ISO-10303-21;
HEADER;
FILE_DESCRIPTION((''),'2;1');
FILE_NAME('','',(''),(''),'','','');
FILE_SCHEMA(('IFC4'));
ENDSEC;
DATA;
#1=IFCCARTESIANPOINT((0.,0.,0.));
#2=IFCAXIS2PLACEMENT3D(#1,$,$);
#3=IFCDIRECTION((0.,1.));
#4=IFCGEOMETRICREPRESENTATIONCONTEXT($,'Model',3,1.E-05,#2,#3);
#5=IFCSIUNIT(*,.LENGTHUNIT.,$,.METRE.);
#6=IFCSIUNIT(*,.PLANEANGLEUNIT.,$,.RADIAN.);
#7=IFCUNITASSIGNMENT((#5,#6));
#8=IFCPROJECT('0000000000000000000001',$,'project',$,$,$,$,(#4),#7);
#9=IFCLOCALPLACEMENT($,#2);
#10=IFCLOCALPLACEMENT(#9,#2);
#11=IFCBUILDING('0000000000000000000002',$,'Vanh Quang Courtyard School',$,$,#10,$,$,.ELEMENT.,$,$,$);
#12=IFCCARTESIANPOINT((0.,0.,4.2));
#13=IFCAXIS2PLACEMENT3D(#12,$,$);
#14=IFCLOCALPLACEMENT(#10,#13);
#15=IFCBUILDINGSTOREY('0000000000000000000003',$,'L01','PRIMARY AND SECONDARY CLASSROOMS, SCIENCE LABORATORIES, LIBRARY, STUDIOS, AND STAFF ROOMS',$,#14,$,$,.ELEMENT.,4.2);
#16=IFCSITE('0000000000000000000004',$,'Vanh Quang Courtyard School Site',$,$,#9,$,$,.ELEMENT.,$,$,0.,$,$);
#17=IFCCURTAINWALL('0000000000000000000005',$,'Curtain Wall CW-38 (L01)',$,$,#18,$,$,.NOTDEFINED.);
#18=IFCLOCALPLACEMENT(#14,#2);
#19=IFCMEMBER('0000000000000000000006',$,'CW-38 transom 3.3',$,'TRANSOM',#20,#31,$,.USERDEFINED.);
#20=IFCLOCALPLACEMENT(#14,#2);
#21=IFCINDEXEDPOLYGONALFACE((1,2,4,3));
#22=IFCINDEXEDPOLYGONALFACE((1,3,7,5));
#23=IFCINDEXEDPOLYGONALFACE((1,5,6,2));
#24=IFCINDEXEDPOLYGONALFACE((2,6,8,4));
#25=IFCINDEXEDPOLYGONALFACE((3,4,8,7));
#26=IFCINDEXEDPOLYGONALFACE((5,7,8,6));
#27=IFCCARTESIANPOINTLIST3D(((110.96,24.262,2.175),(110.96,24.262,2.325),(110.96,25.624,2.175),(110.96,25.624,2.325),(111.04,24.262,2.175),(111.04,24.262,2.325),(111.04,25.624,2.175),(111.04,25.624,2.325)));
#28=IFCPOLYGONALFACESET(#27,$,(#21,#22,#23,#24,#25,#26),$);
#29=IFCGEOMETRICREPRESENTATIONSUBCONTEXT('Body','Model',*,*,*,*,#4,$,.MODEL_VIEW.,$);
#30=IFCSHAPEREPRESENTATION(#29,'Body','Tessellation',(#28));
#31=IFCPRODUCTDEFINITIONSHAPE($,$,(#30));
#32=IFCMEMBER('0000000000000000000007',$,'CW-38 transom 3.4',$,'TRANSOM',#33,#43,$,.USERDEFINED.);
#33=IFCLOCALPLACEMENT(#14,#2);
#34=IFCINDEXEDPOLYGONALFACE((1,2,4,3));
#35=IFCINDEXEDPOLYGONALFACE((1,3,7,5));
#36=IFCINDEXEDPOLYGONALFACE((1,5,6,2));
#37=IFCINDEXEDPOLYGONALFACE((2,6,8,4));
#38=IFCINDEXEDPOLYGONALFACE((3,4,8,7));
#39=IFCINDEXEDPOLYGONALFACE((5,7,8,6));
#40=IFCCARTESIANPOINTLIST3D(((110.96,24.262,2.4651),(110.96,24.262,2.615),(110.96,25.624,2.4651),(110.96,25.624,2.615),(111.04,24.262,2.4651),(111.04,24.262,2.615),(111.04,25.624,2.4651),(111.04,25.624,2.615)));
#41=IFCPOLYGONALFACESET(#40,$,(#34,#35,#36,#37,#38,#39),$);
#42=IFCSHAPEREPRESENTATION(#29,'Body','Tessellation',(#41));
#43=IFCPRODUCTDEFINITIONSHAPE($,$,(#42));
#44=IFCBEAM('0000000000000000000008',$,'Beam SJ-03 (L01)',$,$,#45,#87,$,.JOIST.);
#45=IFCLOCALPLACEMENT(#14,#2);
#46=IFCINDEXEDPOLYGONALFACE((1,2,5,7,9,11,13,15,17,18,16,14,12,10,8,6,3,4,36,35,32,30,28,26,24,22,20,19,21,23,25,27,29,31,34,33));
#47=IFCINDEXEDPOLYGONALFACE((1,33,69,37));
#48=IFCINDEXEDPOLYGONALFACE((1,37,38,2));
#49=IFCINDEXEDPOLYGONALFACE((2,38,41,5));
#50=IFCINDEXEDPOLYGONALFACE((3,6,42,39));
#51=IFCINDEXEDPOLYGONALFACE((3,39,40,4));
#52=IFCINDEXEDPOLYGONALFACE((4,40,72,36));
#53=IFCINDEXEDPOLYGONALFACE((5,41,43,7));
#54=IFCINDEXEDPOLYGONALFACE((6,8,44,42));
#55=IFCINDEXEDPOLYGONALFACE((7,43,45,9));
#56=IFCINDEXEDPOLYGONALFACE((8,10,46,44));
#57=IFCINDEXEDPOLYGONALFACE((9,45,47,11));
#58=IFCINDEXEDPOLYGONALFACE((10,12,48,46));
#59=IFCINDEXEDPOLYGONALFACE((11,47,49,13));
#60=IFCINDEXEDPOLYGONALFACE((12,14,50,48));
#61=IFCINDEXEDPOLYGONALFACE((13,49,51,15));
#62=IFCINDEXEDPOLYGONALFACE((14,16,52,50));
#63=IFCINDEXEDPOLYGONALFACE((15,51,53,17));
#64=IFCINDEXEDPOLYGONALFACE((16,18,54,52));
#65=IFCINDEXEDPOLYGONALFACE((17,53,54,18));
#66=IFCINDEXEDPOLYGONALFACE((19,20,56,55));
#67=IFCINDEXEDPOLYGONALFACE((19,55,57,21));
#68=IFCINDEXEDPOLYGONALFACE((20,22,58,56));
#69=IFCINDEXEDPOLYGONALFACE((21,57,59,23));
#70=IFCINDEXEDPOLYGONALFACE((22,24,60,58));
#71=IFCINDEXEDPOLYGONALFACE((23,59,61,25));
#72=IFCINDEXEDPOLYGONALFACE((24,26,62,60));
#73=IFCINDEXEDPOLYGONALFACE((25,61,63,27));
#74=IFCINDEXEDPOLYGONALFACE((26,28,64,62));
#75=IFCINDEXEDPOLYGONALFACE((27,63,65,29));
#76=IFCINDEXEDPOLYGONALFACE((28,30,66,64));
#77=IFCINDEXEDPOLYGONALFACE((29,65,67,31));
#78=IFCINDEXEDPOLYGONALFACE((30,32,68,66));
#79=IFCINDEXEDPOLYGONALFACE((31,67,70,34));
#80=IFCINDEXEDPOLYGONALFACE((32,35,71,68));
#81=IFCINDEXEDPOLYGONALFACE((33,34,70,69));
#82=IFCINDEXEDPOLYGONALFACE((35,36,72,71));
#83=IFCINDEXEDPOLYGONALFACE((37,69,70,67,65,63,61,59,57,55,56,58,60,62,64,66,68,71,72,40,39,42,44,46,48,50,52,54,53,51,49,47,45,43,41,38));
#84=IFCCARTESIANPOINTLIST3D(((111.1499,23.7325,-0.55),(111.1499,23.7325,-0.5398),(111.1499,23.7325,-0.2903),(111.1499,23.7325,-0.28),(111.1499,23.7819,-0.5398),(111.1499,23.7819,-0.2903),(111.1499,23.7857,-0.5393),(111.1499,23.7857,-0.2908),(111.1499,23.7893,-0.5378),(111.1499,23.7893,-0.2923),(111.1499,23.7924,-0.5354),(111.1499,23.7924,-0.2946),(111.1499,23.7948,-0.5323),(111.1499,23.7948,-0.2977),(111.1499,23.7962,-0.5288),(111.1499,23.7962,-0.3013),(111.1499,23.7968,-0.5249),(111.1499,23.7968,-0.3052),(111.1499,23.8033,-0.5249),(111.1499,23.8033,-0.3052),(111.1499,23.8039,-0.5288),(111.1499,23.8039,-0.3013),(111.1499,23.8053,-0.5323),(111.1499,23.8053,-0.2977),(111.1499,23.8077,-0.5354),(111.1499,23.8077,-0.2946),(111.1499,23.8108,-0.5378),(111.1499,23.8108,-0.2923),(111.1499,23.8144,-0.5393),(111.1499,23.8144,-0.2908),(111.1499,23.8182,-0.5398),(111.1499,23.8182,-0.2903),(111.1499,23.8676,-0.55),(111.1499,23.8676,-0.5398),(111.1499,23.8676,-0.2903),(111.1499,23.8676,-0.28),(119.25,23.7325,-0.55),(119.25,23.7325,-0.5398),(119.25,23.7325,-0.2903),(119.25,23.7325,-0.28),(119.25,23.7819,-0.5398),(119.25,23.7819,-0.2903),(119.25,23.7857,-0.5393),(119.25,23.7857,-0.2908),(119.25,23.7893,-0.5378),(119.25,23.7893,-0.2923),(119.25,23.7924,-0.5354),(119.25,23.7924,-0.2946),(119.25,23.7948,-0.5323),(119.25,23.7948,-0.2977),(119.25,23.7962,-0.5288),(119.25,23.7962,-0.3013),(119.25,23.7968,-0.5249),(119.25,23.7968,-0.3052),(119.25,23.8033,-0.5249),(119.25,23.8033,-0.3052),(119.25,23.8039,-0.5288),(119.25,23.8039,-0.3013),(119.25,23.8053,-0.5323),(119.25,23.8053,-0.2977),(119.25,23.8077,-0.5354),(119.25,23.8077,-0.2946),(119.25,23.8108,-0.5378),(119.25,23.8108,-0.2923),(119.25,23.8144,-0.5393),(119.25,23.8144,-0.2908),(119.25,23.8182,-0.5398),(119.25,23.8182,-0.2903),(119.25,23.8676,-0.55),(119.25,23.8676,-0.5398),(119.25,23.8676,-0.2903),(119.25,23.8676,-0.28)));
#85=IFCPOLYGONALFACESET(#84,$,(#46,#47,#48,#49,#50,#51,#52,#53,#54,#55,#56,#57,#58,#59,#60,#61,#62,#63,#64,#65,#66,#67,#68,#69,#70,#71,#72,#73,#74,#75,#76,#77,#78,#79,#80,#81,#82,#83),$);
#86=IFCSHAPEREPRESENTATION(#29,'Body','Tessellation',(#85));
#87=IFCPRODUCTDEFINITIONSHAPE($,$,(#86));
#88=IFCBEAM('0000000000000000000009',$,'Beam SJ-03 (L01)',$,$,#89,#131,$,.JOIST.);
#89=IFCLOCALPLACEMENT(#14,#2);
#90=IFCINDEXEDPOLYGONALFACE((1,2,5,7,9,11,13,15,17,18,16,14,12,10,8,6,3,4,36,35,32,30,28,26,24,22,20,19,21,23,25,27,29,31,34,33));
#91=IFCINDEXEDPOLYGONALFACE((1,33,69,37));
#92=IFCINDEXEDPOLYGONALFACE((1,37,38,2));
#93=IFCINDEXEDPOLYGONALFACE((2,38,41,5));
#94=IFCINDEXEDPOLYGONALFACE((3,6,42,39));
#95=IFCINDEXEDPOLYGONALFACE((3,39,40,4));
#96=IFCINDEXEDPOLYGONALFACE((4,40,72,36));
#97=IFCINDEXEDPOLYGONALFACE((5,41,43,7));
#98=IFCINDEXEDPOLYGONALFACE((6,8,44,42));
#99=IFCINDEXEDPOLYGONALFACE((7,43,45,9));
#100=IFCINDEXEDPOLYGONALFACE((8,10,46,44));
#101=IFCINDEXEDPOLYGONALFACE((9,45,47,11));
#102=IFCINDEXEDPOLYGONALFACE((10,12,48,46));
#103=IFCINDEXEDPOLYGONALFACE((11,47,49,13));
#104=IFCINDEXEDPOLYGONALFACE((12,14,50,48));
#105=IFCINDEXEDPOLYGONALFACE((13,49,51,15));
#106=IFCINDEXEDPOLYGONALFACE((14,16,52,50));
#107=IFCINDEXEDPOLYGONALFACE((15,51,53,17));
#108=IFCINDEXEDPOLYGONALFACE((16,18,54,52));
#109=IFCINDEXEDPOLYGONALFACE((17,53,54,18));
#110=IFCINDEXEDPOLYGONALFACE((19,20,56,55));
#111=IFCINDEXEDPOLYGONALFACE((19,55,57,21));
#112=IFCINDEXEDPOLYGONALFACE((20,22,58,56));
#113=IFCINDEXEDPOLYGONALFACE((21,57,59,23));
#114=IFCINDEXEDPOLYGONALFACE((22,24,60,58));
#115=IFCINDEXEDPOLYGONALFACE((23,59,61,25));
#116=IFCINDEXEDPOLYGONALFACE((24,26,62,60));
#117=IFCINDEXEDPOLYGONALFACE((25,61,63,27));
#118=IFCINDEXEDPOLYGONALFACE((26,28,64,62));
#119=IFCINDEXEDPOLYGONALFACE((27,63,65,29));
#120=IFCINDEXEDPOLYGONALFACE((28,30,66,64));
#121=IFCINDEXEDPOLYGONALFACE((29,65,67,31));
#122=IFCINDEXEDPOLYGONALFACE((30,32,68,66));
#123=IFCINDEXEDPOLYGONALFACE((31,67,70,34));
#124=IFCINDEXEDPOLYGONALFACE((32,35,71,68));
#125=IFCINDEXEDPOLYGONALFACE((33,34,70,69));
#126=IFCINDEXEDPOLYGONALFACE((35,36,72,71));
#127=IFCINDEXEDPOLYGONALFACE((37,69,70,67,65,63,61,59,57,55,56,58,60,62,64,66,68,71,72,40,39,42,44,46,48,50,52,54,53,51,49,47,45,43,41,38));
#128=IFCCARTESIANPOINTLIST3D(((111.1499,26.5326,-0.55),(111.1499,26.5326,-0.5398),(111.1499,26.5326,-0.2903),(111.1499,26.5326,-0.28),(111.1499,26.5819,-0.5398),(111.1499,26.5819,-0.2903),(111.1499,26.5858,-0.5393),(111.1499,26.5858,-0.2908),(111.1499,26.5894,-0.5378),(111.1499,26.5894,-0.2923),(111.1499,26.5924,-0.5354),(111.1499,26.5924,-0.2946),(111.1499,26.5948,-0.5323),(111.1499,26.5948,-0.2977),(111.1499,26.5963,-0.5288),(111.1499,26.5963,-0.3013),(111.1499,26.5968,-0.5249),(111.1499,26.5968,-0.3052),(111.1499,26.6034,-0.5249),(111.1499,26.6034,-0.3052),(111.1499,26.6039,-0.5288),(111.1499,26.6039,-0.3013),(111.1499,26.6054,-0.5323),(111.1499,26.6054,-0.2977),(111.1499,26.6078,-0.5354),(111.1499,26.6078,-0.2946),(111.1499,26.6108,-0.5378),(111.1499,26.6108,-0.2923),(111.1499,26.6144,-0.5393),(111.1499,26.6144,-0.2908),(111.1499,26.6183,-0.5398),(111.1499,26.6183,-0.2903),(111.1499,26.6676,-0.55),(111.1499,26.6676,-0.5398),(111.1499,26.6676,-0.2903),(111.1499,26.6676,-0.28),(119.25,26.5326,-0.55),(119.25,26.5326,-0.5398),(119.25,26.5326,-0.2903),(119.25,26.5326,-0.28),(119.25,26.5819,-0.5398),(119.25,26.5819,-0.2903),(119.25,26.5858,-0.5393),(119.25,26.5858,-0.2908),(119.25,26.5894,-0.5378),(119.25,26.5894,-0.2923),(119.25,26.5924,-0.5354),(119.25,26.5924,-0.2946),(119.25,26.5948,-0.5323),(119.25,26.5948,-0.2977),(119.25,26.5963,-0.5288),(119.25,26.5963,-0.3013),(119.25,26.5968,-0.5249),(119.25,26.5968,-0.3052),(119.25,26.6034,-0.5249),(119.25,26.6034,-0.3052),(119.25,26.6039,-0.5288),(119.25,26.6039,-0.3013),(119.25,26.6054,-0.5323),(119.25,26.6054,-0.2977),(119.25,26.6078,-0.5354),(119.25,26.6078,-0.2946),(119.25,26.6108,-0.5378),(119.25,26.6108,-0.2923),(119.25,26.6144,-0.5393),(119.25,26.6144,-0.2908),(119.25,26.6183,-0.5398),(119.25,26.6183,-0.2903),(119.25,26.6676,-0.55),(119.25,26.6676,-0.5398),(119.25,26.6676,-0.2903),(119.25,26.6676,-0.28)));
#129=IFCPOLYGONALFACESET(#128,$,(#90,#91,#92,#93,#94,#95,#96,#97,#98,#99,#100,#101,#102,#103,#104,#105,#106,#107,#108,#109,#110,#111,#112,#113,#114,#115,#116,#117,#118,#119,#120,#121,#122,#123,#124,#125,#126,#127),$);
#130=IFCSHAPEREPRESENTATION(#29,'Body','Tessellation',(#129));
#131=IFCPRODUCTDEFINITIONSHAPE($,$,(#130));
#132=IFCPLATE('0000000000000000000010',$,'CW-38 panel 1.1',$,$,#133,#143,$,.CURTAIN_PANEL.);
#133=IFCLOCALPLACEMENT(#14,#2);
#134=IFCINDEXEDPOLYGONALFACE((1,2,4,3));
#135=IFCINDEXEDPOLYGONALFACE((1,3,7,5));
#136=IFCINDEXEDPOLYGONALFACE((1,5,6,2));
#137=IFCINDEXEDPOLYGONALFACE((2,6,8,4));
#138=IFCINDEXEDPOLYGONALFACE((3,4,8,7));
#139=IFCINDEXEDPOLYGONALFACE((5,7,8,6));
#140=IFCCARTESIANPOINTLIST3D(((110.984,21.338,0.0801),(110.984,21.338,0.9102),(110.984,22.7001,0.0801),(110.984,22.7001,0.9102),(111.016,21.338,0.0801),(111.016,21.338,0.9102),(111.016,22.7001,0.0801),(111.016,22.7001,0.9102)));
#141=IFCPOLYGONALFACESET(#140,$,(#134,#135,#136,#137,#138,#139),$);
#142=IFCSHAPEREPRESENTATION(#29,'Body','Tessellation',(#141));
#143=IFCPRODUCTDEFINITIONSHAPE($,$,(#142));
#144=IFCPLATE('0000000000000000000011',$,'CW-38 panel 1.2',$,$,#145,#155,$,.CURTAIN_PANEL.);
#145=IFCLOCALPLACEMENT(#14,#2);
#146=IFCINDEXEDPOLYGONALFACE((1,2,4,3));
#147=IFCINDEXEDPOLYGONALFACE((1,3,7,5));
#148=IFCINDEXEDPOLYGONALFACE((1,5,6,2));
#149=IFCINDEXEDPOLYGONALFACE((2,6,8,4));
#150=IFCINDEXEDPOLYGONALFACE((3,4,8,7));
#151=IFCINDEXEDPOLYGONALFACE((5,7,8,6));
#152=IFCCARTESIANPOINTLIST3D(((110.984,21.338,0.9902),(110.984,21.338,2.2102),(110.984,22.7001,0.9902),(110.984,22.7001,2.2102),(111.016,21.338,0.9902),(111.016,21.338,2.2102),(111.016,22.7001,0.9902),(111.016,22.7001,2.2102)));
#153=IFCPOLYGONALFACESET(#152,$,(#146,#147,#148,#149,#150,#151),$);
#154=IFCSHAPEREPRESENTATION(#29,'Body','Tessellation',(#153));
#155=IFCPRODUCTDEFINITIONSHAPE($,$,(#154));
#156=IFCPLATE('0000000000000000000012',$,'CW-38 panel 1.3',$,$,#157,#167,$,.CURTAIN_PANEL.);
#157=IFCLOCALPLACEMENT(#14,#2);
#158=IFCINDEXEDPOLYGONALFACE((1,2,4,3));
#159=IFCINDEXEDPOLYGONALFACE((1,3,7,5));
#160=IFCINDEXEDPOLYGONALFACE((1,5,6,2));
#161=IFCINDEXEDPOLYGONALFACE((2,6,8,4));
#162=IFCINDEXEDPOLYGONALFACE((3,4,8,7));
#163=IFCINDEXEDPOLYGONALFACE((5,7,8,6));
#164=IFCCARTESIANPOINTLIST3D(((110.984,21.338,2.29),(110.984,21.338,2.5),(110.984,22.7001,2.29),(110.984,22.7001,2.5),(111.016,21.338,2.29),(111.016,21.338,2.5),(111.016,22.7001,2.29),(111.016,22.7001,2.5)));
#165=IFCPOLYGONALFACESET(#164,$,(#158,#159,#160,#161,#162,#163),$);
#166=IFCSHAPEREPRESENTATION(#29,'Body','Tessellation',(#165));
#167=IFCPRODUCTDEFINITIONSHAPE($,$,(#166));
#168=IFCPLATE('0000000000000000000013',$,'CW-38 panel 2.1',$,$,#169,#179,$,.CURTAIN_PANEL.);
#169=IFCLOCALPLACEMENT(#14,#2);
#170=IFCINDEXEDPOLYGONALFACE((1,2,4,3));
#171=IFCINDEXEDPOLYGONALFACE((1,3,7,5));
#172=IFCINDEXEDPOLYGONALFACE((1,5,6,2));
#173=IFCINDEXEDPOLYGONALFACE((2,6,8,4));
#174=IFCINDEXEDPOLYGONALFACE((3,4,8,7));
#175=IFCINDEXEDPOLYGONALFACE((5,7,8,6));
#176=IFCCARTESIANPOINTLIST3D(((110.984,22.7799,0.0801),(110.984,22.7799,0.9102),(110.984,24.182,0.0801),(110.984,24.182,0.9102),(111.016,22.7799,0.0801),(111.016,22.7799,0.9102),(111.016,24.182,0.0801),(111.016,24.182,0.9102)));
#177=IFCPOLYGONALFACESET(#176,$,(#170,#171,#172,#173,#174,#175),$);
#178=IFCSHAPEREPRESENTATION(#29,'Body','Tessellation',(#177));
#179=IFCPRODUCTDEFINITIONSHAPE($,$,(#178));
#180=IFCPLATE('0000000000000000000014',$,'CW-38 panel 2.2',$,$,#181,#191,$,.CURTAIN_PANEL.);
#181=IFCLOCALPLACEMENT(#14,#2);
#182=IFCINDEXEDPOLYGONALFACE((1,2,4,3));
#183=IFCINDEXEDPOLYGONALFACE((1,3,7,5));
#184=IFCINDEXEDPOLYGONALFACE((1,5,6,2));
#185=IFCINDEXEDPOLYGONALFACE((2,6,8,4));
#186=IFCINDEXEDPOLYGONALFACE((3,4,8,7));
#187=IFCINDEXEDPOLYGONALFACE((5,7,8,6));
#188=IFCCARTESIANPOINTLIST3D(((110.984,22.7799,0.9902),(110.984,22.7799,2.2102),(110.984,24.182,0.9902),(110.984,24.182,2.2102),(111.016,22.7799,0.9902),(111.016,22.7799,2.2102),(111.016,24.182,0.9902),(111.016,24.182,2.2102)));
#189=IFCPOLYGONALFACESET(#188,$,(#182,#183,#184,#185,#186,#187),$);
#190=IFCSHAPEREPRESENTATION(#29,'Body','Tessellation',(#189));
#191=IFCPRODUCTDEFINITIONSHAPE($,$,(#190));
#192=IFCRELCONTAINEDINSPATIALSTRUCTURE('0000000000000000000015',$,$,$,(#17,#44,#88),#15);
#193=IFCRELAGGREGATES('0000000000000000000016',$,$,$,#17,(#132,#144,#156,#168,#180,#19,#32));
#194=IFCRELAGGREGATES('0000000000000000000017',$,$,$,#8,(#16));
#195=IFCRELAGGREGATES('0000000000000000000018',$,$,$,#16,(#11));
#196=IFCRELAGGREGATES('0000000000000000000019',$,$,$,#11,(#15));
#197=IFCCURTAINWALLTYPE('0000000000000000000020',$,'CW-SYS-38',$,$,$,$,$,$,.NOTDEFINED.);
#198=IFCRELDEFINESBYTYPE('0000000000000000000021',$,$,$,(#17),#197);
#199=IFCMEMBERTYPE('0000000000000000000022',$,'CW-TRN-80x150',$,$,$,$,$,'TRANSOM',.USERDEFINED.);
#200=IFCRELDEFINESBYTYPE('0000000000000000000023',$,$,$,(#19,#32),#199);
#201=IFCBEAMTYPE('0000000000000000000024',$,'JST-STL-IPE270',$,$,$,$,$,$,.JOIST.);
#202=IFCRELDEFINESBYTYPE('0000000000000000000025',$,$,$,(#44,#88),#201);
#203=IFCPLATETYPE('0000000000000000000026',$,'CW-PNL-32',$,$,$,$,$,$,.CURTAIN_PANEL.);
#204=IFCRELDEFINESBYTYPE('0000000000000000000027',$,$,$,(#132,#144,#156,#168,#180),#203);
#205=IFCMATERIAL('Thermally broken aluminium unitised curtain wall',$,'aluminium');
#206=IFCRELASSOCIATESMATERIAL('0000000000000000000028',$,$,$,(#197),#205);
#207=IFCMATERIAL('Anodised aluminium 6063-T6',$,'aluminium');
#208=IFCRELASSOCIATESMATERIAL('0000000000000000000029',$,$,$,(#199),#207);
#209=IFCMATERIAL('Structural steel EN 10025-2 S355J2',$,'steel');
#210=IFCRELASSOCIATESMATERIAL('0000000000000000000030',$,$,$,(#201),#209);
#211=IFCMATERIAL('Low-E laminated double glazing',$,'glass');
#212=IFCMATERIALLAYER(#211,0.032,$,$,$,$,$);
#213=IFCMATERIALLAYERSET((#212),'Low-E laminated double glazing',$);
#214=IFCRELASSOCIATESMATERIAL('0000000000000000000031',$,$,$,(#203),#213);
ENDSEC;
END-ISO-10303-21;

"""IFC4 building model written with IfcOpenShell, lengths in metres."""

from ifc_helpers import new_model, si_unit, direction, frame, origin, origin_2d, place, context, subcontext, project, spatial, rectangle, i_section, extrude, material, layer, layer_set, material_profile, profile_set, type_object, element, aggregate, save


model = new_model("IFC4")

# Units and contexts
model_context = context("Model", 3, precision=1e-05, world=origin(), true_north=direction((0.0, 1.0)))
body_context = subcontext(model_context, "Body", "Model", "MODEL_VIEW")
ifc_project = project(units=[si_unit("LENGTHUNIT", "METRE"), si_unit("PLANEANGLEUNIT", "RADIAN")], contexts=[model_context])

# Site, building, storey
site_placement = place(None, origin())
site = spatial("IfcSite", under=ifc_project, at=site_placement, Name="Vanh Quang Courtyard School Site", CompositionType="ELEMENT", RefElevation=0.0)
building_placement = place(site_placement, origin())
building = spatial("IfcBuilding", under=site, at=building_placement, Name="Vanh Quang Courtyard School", CompositionType="ELEMENT")
storey_placement = place(building_placement, frame((0.0, 0.0, 4.2)))
storey = spatial("IfcBuildingStorey", under=building, at=storey_placement, Name="L01", Description="PRIMARY AND SECONDARY CLASSROOMS, SCIENCE LABORATORIES, LIBRARY, STUDIOS, AND STAFF ROOMS", CompositionType="ELEMENT", Elevation=4.2)

# Curtain wall, members
ifc_material_1 = material(Name="Thermally broken aluminium unitised curtain wall", Category="aluminium")
curtain_wall_type = type_object("IfcCurtainWallType", Name="CW-SYS-38", PredefinedType="NOTDEFINED", material=ifc_material_1)
curtain_wall_placement = place(storey_placement, origin())
curtain_wall = element("IfcCurtainWall", 1, at=curtain_wall_placement, inside=storey, type_object=curtain_wall_type, Name="Curtain Wall CW-38 (L01)", PredefinedType="NOTDEFINED")
ifc_material_2 = material(Name="Anodised aluminium 6063-T6", Category="aluminium")
ifc_material_profile_1 = material_profile(ifc_material_2, rectangle(XDim=0.0801, YDim=0.1499, at=origin_2d()), Name="ALU-TRN 80x150")
ifc_profile_set_1 = profile_set([ifc_material_profile_1], Name="Anodised aluminium 6063-T6")
member_type_1 = type_object("IfcMemberType", Name="CW-TRN-80x150", ElementType="TRANSOM", PredefinedType="USERDEFINED", material=ifc_profile_set_1)
member_1_placement = place(storey_placement, frame((111.0, 24.262, 2.25), z_axis=(0.0, 1.0, 0.0), x_axis=(-1.0, 0.0, 0.0)))
member_1 = element("IfcMember", 2, at=member_1_placement, type_object=member_type_1, Name="CW-38 transom 3.3", ObjectType="TRANSOM", PredefinedType="USERDEFINED", context=body_context, shape_type="SweptSolid", body=[
    extrude(rectangle(XDim=0.0801, YDim=0.1499, at=origin_2d()), origin(), (0.0, 0.0, 1.0), 1.3621),
])
member_2_placement = place(storey_placement, frame((111.0, 24.262, 2.54), z_axis=(0.0, 1.0, 0.0), x_axis=(-1.0, 0.0, 0.0)))
member_2 = element("IfcMember", 3, at=member_2_placement, type_object=member_type_1, Name="CW-38 transom 3.4", ObjectType="TRANSOM", PredefinedType="USERDEFINED", context=body_context, shape_type="SweptSolid", body=[
    extrude(rectangle(XDim=0.0801, YDim=0.1499, at=origin_2d()), origin(), (0.0, 0.0, 1.0), 1.3621),
])

# Beams
ifc_material_3 = material(Name="Structural steel EN 10025-2 S355J2", Category="steel")
ifc_material_profile_2 = material_profile(ifc_material_3, i_section(OverallWidth=0.135, OverallDepth=0.27, WebThickness=0.0066, FlangeThickness=0.0103, FilletRadius=0.0149, at=origin_2d()), Name="IPE 270")
ifc_profile_set_2 = profile_set([ifc_material_profile_2], Name="Structural steel EN 10025-2 S355J2")
beam_type = type_object("IfcBeamType", Name="JST-STL-IPE270", PredefinedType="JOIST", material=ifc_profile_set_2)
for number, where, z_axis, x_axis, name in (
    (4, (111.1499, 23.8, -0.415), (1.0, 0.0, 0.0), (0.0, 1.0, 0.0), "Beam SJ-03 (L01)"),
    (5, (111.1499, 26.6001, -0.415), (1.0, 0.0, 0.0), (0.0, 1.0, 0.0), "Beam SJ-03 (L01)"),
):
    element("IfcBeam", number, at=place(storey_placement, frame(where, z_axis=z_axis, x_axis=x_axis)), inside=storey, type_object=beam_type, Name=name, PredefinedType="JOIST", context=body_context, shape_type="SweptSolid", body=[
        extrude(i_section(OverallWidth=0.135, OverallDepth=0.27, WebThickness=0.0066, FlangeThickness=0.0103, FilletRadius=0.0149, at=origin_2d()), origin(), (0.0, 0.0, 1.0), 8.1001),
    ])

# Plates
ifc_material_4 = material(Name="Low-E laminated double glazing", Category="glass")
ifc_layer_1 = layer(ifc_material_4, 0.032)
ifc_layer_set_1 = layer_set([ifc_layer_1], Name="Low-E laminated double glazing")
plate_type = type_object("IfcPlateType", Name="CW-PNL-32", PredefinedType="CURTAIN_PANEL", material=ifc_layer_set_1)
plate_1_placement = place(storey_placement, frame((111.0, 22.019, 0.0801), z_axis=(0.0, 0.0, 1.0), x_axis=(0.0, 1.0, 0.0)))
plate_1 = element("IfcPlate", 6, at=plate_1_placement, type_object=plate_type, Name="CW-38 panel 1.1", PredefinedType="CURTAIN_PANEL", context=body_context, shape_type="SweptSolid", body=[
    extrude(rectangle(XDim=1.3621, YDim=0.032, at=origin_2d()), origin(), (0.0, 0.0, 1.0), 0.8301),
])
plate_2_placement = place(storey_placement, frame((111.0, 22.019, 0.9902), z_axis=(0.0, 0.0, 1.0), x_axis=(0.0, 1.0, 0.0)))
plate_2 = element("IfcPlate", 7, at=plate_2_placement, type_object=plate_type, Name="CW-38 panel 1.2", PredefinedType="CURTAIN_PANEL", context=body_context, shape_type="SweptSolid", body=[
    extrude(rectangle(XDim=1.3621, YDim=0.032, at=origin_2d()), origin(), (0.0, 0.0, 1.0), 1.22),
])
plate_3_placement = place(storey_placement, frame((111.0, 22.019, 2.29), z_axis=(0.0, 0.0, 1.0), x_axis=(0.0, 1.0, 0.0)))
plate_3 = element("IfcPlate", 8, at=plate_3_placement, type_object=plate_type, Name="CW-38 panel 1.3", PredefinedType="CURTAIN_PANEL", context=body_context, shape_type="SweptSolid", body=[
    extrude(rectangle(XDim=1.3621, YDim=0.032, at=origin_2d()), origin(), (0.0, 0.0, 1.0), 0.21),
])
plate_4_placement = place(storey_placement, frame((111.0, 23.481, 0.0801), z_axis=(0.0, 0.0, 1.0), x_axis=(0.0, 1.0, 0.0)))
plate_4 = element("IfcPlate", 9, at=plate_4_placement, type_object=plate_type, Name="CW-38 panel 2.1", PredefinedType="CURTAIN_PANEL", context=body_context, shape_type="SweptSolid", body=[
    extrude(rectangle(XDim=1.4021, YDim=0.032, at=origin_2d()), origin(), (0.0, 0.0, 1.0), 0.8301),
])
plate_5_placement = place(storey_placement, frame((111.0, 23.481, 0.9902), z_axis=(0.0, 0.0, 1.0), x_axis=(0.0, 1.0, 0.0)))
plate_5 = element("IfcPlate", 10, at=plate_5_placement, type_object=plate_type, Name="CW-38 panel 2.2", PredefinedType="CURTAIN_PANEL", context=body_context, shape_type="SweptSolid", body=[
    extrude(rectangle(XDim=1.4021, YDim=0.032, at=origin_2d()), origin(), (0.0, 0.0, 1.0), 1.22),
])
aggregate(curtain_wall, [plate_1, plate_2, plate_3, plate_4, plate_5, member_1, member_2])

save(model, "model.ifc")
